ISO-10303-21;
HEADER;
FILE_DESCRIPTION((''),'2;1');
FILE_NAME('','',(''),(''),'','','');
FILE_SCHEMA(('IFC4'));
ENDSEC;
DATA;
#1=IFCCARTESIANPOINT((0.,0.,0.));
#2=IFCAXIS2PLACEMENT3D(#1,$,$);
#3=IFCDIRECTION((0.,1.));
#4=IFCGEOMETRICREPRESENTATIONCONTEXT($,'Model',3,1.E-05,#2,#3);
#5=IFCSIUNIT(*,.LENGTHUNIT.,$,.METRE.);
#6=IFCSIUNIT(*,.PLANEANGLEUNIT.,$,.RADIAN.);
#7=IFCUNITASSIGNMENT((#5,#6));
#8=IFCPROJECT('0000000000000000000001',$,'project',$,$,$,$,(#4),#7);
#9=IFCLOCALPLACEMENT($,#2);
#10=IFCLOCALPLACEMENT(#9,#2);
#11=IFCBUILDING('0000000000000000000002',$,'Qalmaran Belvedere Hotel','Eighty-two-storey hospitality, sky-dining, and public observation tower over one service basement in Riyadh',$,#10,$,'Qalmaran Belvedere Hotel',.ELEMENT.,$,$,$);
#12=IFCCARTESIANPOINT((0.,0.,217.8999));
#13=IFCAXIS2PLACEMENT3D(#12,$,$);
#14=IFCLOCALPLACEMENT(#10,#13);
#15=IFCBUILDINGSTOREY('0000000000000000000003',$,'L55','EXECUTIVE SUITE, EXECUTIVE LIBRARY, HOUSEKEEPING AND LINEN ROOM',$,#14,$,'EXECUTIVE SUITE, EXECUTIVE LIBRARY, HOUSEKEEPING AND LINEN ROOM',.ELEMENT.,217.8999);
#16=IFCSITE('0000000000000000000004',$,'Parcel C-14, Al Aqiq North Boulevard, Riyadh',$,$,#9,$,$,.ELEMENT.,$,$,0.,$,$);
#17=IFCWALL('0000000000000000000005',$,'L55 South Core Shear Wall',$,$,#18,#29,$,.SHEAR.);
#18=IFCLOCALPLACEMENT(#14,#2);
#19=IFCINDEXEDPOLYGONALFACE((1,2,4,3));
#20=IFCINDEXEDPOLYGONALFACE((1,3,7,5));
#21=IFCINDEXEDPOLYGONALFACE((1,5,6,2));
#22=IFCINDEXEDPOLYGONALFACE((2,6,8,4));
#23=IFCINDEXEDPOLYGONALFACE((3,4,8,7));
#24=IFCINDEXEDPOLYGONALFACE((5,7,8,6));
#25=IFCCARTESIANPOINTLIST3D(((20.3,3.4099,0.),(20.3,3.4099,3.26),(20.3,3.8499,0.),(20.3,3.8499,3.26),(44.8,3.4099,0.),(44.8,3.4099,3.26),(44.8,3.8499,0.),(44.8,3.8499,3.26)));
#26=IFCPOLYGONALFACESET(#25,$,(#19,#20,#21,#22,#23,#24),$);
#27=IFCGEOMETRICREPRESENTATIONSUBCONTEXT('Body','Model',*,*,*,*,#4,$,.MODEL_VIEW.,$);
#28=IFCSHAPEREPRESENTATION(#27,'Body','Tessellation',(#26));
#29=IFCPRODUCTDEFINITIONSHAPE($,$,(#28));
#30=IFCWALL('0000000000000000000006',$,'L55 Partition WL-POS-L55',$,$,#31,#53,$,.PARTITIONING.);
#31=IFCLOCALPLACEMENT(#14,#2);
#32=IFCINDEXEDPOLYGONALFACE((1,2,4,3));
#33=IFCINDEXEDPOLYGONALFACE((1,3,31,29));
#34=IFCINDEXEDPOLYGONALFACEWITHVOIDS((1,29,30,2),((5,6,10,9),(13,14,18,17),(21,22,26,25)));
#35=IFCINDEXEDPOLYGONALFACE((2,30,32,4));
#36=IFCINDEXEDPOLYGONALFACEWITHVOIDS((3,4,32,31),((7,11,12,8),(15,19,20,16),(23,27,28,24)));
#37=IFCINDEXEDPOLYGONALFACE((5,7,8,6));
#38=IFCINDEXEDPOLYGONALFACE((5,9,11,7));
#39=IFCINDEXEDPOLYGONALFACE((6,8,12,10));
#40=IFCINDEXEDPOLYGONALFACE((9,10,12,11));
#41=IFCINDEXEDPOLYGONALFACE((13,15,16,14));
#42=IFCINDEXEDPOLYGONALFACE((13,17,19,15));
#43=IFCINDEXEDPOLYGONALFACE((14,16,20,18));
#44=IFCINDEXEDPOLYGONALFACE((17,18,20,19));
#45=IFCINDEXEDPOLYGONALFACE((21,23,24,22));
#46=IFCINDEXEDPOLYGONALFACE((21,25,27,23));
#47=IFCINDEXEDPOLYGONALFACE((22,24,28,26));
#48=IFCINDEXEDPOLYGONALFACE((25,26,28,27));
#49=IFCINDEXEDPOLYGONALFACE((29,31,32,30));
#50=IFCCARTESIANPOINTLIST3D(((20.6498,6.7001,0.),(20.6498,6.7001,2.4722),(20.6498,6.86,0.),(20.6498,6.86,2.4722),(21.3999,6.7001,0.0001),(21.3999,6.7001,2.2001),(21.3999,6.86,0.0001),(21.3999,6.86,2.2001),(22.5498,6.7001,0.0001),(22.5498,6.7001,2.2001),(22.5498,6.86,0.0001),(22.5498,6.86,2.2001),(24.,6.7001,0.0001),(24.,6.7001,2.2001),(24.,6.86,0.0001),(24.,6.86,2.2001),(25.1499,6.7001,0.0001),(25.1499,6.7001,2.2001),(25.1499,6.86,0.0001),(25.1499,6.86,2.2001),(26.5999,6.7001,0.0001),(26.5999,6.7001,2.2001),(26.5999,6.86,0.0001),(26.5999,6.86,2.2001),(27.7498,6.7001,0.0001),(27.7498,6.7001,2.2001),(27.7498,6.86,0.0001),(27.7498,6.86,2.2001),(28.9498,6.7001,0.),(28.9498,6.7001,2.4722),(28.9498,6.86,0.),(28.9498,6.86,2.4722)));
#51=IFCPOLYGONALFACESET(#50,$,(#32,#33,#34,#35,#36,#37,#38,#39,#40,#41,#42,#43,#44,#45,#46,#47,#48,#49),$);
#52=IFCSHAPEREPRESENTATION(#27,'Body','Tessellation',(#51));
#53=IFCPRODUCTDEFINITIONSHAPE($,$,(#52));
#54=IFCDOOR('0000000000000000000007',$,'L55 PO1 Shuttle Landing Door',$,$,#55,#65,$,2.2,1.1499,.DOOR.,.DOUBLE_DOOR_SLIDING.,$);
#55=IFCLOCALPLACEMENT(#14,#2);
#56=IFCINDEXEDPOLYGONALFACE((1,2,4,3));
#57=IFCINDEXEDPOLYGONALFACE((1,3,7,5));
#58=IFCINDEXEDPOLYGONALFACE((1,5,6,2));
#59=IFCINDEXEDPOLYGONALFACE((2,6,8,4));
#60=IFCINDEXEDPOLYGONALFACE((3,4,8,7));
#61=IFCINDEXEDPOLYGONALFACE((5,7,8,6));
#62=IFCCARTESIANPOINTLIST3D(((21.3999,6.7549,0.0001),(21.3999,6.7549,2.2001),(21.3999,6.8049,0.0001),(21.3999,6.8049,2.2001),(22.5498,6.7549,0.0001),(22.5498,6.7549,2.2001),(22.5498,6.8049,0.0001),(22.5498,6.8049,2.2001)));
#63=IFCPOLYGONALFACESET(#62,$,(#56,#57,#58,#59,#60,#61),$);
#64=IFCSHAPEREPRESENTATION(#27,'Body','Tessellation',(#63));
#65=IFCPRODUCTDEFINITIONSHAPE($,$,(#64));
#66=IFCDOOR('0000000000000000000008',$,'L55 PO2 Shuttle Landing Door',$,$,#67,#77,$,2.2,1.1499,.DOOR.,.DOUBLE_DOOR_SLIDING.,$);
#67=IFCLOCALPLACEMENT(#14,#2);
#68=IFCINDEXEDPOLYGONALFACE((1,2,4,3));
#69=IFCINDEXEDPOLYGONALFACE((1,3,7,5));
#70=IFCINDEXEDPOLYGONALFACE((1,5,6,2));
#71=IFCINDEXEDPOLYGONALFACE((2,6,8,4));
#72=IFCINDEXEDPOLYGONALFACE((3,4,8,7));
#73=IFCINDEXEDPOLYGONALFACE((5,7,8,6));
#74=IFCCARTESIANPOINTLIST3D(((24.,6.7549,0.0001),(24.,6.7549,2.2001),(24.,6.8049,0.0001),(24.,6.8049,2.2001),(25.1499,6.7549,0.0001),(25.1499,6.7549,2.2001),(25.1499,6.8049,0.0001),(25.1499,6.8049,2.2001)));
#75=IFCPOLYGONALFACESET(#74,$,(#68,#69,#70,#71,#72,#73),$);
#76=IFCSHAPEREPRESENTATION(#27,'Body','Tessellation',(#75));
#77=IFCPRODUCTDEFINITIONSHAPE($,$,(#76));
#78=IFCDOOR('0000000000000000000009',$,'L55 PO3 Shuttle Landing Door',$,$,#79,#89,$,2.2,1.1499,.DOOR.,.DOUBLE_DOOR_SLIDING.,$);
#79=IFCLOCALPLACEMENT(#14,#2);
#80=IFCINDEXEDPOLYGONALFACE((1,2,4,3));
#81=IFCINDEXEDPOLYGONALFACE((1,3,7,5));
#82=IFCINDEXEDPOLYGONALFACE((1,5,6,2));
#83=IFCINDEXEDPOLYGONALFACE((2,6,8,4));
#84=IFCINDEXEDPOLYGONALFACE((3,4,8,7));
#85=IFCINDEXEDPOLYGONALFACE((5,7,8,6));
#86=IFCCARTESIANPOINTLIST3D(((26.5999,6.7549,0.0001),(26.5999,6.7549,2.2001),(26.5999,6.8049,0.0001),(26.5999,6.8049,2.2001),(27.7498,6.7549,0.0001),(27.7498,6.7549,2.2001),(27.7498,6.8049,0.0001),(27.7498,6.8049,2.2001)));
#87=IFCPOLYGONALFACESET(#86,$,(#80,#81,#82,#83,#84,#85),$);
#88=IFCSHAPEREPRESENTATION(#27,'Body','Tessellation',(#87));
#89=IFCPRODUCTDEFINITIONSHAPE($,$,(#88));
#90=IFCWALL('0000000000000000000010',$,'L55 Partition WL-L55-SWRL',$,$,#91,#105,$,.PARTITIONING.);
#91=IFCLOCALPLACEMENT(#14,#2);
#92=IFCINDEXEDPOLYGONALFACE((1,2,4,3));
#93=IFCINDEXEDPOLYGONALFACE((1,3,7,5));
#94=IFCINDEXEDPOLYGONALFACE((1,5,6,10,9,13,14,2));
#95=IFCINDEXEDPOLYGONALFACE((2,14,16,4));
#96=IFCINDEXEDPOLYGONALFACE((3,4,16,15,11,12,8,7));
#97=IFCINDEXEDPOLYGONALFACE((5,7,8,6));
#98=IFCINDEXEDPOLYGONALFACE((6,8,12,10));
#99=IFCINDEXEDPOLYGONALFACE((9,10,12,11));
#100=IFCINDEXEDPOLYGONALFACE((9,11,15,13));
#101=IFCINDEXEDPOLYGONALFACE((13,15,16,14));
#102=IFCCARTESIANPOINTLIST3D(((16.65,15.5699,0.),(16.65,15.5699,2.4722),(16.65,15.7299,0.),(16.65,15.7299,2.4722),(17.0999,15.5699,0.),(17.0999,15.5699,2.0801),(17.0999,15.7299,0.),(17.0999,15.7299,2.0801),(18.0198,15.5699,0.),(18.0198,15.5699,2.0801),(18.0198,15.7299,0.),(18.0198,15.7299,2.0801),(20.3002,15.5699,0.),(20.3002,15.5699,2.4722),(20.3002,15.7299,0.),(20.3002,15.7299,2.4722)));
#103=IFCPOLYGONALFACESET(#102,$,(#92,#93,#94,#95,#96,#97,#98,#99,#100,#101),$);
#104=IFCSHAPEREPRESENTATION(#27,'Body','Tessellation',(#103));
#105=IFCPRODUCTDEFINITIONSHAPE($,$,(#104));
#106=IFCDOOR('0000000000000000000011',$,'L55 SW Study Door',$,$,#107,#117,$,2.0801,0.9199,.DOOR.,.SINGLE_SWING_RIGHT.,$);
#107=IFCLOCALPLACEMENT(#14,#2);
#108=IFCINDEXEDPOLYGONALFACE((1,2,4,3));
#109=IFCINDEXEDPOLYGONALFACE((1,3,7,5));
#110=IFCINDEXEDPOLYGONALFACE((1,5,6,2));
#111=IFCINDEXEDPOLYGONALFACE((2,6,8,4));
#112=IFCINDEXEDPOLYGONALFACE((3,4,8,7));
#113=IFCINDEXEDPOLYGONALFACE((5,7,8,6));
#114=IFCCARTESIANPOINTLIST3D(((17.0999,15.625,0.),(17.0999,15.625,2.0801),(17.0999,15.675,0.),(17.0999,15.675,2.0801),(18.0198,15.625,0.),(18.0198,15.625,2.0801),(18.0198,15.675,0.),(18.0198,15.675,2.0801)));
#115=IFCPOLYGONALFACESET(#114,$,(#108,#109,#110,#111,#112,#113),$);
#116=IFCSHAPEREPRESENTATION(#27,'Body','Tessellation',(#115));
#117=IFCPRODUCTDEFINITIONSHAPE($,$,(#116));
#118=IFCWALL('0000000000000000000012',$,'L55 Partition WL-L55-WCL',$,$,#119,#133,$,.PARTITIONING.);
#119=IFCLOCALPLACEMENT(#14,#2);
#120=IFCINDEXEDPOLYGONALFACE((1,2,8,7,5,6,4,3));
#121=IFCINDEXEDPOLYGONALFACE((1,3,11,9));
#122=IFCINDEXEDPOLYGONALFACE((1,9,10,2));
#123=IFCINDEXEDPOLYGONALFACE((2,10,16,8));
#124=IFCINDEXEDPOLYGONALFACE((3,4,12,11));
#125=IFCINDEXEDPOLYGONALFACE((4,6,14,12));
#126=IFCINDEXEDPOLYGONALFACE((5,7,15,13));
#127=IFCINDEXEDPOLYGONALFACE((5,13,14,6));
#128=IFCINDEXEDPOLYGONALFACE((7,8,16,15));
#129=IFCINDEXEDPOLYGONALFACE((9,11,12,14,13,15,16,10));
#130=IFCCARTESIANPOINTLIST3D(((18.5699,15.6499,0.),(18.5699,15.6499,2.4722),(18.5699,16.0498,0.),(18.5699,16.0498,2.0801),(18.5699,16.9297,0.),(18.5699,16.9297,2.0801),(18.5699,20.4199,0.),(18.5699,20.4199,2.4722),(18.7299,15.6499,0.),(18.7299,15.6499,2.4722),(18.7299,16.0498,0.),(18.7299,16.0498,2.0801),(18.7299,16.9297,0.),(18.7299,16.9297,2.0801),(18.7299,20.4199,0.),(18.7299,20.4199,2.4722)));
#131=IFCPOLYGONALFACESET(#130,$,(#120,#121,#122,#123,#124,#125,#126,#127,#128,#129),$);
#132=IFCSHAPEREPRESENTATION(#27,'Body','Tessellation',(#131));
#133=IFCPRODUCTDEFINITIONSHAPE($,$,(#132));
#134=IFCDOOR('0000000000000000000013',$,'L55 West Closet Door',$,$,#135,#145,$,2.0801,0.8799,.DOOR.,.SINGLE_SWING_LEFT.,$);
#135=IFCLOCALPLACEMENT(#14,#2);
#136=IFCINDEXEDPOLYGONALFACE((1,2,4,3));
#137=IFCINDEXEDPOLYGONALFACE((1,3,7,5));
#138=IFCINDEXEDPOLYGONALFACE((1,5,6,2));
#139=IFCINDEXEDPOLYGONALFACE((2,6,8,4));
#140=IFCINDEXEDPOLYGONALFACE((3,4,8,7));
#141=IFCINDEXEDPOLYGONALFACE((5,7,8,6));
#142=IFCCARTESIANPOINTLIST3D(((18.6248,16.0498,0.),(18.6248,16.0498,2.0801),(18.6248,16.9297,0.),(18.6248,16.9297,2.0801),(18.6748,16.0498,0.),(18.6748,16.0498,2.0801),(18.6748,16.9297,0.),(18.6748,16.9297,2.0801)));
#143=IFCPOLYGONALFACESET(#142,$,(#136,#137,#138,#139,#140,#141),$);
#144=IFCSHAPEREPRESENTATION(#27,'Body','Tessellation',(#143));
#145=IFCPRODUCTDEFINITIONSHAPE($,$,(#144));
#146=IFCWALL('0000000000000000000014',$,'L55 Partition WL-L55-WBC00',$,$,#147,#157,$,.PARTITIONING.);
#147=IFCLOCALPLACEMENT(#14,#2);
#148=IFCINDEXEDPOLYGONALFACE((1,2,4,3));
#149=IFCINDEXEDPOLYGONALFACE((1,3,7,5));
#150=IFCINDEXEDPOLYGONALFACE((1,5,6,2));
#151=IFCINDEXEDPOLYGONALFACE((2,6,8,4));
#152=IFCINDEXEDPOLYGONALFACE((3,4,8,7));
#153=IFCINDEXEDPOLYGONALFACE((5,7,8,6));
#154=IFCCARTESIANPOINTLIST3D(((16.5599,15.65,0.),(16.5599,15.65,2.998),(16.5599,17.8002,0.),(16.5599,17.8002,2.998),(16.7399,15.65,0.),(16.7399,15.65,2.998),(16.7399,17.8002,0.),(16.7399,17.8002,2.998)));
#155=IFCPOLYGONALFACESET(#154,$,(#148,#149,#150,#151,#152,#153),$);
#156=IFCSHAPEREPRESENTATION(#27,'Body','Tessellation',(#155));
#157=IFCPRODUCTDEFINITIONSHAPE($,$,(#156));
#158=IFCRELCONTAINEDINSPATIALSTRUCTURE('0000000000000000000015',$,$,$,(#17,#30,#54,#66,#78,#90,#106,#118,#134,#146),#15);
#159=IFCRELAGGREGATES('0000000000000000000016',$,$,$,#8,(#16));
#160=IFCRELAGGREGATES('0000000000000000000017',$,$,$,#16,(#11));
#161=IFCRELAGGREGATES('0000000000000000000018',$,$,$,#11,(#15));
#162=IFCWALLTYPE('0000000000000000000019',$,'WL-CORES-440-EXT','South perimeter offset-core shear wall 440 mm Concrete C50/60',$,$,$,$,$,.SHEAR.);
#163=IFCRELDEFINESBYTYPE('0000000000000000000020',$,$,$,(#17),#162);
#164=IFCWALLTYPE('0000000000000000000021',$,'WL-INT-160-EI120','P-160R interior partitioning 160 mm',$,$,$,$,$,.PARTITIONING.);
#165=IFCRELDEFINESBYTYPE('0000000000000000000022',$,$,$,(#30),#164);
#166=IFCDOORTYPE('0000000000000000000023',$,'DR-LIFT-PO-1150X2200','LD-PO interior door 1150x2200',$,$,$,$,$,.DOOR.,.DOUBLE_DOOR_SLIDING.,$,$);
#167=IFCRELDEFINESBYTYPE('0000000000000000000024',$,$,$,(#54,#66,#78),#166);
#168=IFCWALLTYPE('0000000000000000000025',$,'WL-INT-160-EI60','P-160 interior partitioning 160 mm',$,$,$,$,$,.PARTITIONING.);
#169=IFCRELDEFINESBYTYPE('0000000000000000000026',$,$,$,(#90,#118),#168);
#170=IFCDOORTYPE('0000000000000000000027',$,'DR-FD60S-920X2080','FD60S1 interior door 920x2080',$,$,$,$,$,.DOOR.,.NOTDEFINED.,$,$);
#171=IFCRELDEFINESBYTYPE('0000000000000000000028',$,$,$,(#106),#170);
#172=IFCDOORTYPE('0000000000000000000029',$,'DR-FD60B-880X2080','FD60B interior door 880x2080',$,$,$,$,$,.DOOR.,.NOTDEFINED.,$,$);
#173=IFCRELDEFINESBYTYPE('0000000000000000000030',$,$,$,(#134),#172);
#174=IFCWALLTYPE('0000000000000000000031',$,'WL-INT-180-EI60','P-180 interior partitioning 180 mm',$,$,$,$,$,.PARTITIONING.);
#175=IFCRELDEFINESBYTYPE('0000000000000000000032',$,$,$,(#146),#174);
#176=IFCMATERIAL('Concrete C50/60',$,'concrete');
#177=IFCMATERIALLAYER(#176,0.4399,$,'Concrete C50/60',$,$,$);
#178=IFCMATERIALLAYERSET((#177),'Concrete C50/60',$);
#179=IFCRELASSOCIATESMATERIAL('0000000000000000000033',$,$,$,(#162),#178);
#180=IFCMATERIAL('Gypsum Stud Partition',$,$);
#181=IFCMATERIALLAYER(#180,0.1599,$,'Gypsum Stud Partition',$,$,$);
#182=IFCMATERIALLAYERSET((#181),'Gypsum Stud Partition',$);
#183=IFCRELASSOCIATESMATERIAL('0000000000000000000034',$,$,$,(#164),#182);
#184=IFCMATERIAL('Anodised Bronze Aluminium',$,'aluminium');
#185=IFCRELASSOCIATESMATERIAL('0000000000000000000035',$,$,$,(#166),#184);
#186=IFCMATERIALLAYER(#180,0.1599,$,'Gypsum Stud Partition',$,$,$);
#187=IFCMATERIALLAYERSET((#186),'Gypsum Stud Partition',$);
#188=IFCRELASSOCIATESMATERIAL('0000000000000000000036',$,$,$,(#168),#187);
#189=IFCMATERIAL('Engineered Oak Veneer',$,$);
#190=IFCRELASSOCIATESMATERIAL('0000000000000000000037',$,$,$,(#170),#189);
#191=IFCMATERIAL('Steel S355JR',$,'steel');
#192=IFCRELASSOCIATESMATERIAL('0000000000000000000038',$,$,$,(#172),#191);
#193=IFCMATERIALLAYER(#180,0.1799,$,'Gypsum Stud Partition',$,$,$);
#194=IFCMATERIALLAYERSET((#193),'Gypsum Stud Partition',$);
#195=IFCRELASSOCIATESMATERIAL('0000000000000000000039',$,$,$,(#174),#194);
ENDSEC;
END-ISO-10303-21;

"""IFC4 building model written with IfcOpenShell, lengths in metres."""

from ifc_helpers import new_model, si_unit, direction, frame, frame_2d, origin, place, context, subcontext, project, spatial, rectangle, extrude, material, layer, layer_set, type_object, element, fill, save


model = new_model("IFC4")

# Units and contexts
model_context = context("Model", 3, precision=1e-05, world=origin(), true_north=direction((0.0, 1.0)))
body_context = subcontext(model_context, "Body", "Model", "MODEL_VIEW")
ifc_project = project(units=[si_unit("LENGTHUNIT", "METRE"), si_unit("PLANEANGLEUNIT", "RADIAN")], contexts=[model_context])

# Site, building, storey
site_placement = place(None, origin())
site = spatial("IfcSite", under=ifc_project, at=site_placement, Name="Parcel C-14, Al Aqiq North Boulevard, Riyadh", CompositionType="ELEMENT", RefElevation=0.0)
building_placement = place(site_placement, origin())
building = spatial("IfcBuilding", under=site, at=building_placement, Name="Qalmaran Belvedere Hotel", Description="Eighty-two-storey hospitality, sky-dining, and public observation tower over one service basement in Riyadh", LongName="Qalmaran Belvedere Hotel", CompositionType="ELEMENT")
storey_placement = place(building_placement, frame((0.0, 0.0, 217.8999)))
storey = spatial("IfcBuildingStorey", under=building, at=storey_placement, Name="L55", Description="EXECUTIVE SUITE, EXECUTIVE LIBRARY, HOUSEKEEPING AND LINEN ROOM", LongName="EXECUTIVE SUITE, EXECUTIVE LIBRARY, HOUSEKEEPING AND LINEN ROOM", CompositionType="ELEMENT", Elevation=217.8999)

# Shared definitions
ifc_material_1 = material(Name="Concrete C50/60", Category="concrete")

# Shared definitions
ifc_material_2 = material(Name="Steel S355JR", Category="steel")

# Shared definitions
ifc_material_3 = material(Name="Anodised Bronze Aluminium", Category="aluminium")

# Wall
ifc_layer_1 = layer(ifc_material_1, 0.4399, Name="Concrete C50/60")
ifc_layer_set_1 = layer_set([ifc_layer_1], Name="Concrete C50/60")
wall_type_1 = type_object("IfcWallType", Name="WL-CORES-440-EXT", Description="South perimeter offset-core shear wall 440 mm Concrete C50/60", PredefinedType="SHEAR", material=ifc_layer_set_1)
wall_1_placement = place(storey_placement, frame((20.3, 3.6299, 0.0), z_axis=(0.0, 0.0, 1.0), x_axis=(1.0, 0.0, 0.0)))
element("IfcWall", 1, at=wall_1_placement, inside=storey, type_object=wall_type_1, Name="L55 South Core Shear Wall", PredefinedType="SHEAR", context=body_context, shape_type="SweptSolid", body=[
    extrude(rectangle(XDim=24.5, YDim=0.4399, at=frame_2d((12.25, 0.0))), origin(), (0.0, 0.0, 1.0), 3.26),
])

# Wall, openings, doors
ifc_material_4 = material(Name="Gypsum Stud Partition")
ifc_layer_2 = layer(ifc_material_4, 0.1599, Name="Gypsum Stud Partition")
ifc_layer_set_2 = layer_set([ifc_layer_2], Name="Gypsum Stud Partition")
wall_type_2 = type_object("IfcWallType", Name="WL-INT-160-EI120", Description="P-160R interior partitioning 160 mm", PredefinedType="PARTITIONING", material=ifc_layer_set_2)
wall_2_placement = place(storey_placement, frame((20.6499, 6.78, 0.0), z_axis=(0.0, 0.0, 1.0), x_axis=(1.0, 0.0, 0.0)))
wall_2 = element("IfcWall", 2, at=wall_2_placement, inside=storey, type_object=wall_type_2, Name="L55 Partition WL-POS-L55", PredefinedType="PARTITIONING", context=body_context, shape_type="SweptSolid", body=[
    extrude(rectangle(XDim=8.3, YDim=0.1599, at=frame_2d((4.1499, 0.0))), origin(), (0.0, 0.0, 1.0), 2.4722),
])
opening_1_placement = place(wall_2_placement, frame((0.75, 0.0, 0.0)))
opening_1 = element("IfcOpeningElement", 3, at=opening_1_placement, cuts=wall_2, PredefinedType="OPENING", context=body_context, shape_type="SweptSolid", body=[
    extrude(rectangle(XDim=1.1499, YDim=2.2, at=frame_2d((0.575, 1.1001))), frame((0.0, 0.0898, 0.0), z_axis=(0.0, -1.0, 0.0), x_axis=(1.0, 0.0, 0.0)), (0.0, 0.0, 1.0), 0.1799),
])
opening_2_placement = place(wall_2_placement, frame((3.3501, 0.0, 0.0)))
opening_2 = element("IfcOpeningElement", 4, at=opening_2_placement, cuts=wall_2, PredefinedType="OPENING", context=body_context, shape_type="SweptSolid", body=[
    extrude(rectangle(XDim=1.1499, YDim=2.2, at=frame_2d((0.575, 1.1001))), frame((0.0, 0.0898, 0.0), z_axis=(0.0, -1.0, 0.0), x_axis=(1.0, 0.0, 0.0)), (0.0, 0.0, 1.0), 0.1799),
])
opening_3_placement = place(wall_2_placement, frame((5.95, 0.0, 0.0)))
opening_3 = element("IfcOpeningElement", 5, at=opening_3_placement, cuts=wall_2, PredefinedType="OPENING", context=body_context, shape_type="SweptSolid", body=[
    extrude(rectangle(XDim=1.1499, YDim=2.2, at=frame_2d((0.575, 1.1001))), frame((0.0, 0.0898, 0.0), z_axis=(0.0, -1.0, 0.0), x_axis=(1.0, 0.0, 0.0)), (0.0, 0.0, 1.0), 0.1799),
])
door_type_1 = type_object("IfcDoorType", Name="DR-LIFT-PO-1150X2200", Description="LD-PO interior door 1150x2200", OperationType="DOUBLE_DOOR_SLIDING", PredefinedType="DOOR", material=ifc_material_3)
door_1_placement = place(opening_1_placement, origin())
door_1 = element("IfcDoor", 6, at=door_1_placement, inside=storey, type_object=door_type_1, Name="L55 PO1 Shuttle Landing Door", OperationType="DOUBLE_DOOR_SLIDING", OverallHeight=2.2, OverallWidth=1.1499, PredefinedType="DOOR", context=body_context, shape_type="SweptSolid", body=[
    extrude(rectangle(XDim=1.1499, YDim=2.2, at=frame_2d((0.575, 1.1001))), frame((0.0, 0.0249, 0.0), z_axis=(0.0, -1.0, 0.0), x_axis=(1.0, 0.0, 0.0)), (0.0, 0.0, 1.0), 0.05),
])
fill(opening_1, door_1)
door_2_placement = place(opening_2_placement, origin())
door_2 = element("IfcDoor", 7, at=door_2_placement, inside=storey, type_object=door_type_1, Name="L55 PO2 Shuttle Landing Door", OperationType="DOUBLE_DOOR_SLIDING", OverallHeight=2.2, OverallWidth=1.1499, PredefinedType="DOOR", context=body_context, shape_type="SweptSolid", body=[
    extrude(rectangle(XDim=1.1499, YDim=2.2, at=frame_2d((0.575, 1.1001))), frame((0.0, 0.0249, 0.0), z_axis=(0.0, -1.0, 0.0), x_axis=(1.0, 0.0, 0.0)), (0.0, 0.0, 1.0), 0.05),
])
fill(opening_2, door_2)
door_3_placement = place(opening_3_placement, origin())
door_3 = element("IfcDoor", 8, at=door_3_placement, inside=storey, type_object=door_type_1, Name="L55 PO3 Shuttle Landing Door", OperationType="DOUBLE_DOOR_SLIDING", OverallHeight=2.2, OverallWidth=1.1499, PredefinedType="DOOR", context=body_context, shape_type="SweptSolid", body=[
    extrude(rectangle(XDim=1.1499, YDim=2.2, at=frame_2d((0.575, 1.1001))), frame((0.0, 0.0249, 0.0), z_axis=(0.0, -1.0, 0.0), x_axis=(1.0, 0.0, 0.0)), (0.0, 0.0, 1.0), 0.05),
])
fill(opening_3, door_3)

# Walls, openings, doors
ifc_layer_3 = layer(ifc_material_4, 0.1599, Name="Gypsum Stud Partition")
ifc_layer_set_3 = layer_set([ifc_layer_3], Name="Gypsum Stud Partition")
wall_type_3 = type_object("IfcWallType", Name="WL-INT-160-EI60", Description="P-160 interior partitioning 160 mm", PredefinedType="PARTITIONING", material=ifc_layer_set_3)
wall_3_placement = place(storey_placement, frame((16.6499, 15.6499, 0.0), z_axis=(0.0, 0.0, 1.0), x_axis=(1.0, 0.0, 0.0)))
wall_3 = element("IfcWall", 9, at=wall_3_placement, inside=storey, type_object=wall_type_3, Name="L55 Partition WL-L55-SWRL", PredefinedType="PARTITIONING", context=body_context, shape_type="SweptSolid", body=[
    extrude(rectangle(XDim=3.6501, YDim=0.1599, at=frame_2d((1.8252, 0.0))), origin(), (0.0, 0.0, 1.0), 2.4722),
])
opening_4_placement = place(wall_3_placement, frame((1.3699, 0.0, 0.0), z_axis=(0.0, 0.0, 1.0), x_axis=(-1.0, 0.0, 0.0)))
opening_4 = element("IfcOpeningElement", 10, at=opening_4_placement, cuts=wall_3, PredefinedType="OPENING", context=body_context, shape_type="SweptSolid", body=[
    extrude(rectangle(XDim=0.9199, YDim=2.0801, at=frame_2d((0.46, 1.04))), frame((0.0, 0.0898, 0.0), z_axis=(0.0, -1.0, 0.0), x_axis=(1.0, 0.0, 0.0)), (0.0, 0.0, 1.0), 0.1799),
])
ifc_material_5 = material(Name="Engineered Oak Veneer")
door_type_2 = type_object("IfcDoorType", Name="DR-FD60S-920X2080", Description="FD60S1 interior door 920x2080", OperationType="NOTDEFINED", PredefinedType="DOOR", material=ifc_material_5)
door_4_placement = place(opening_4_placement, origin())
door_4 = element("IfcDoor", 11, at=door_4_placement, inside=storey, type_object=door_type_2, Name="L55 SW Study Door", OperationType="SINGLE_SWING_RIGHT", OverallHeight=2.0801, OverallWidth=0.9199, PredefinedType="DOOR", context=body_context, shape_type="SweptSolid", body=[
    extrude(rectangle(XDim=0.9199, YDim=2.0801, at=frame_2d((0.46, 1.04))), frame((0.0, 0.0249, 0.0), z_axis=(0.0, -1.0, 0.0), x_axis=(1.0, 0.0, 0.0)), (0.0, 0.0, 1.0), 0.05),
])
fill(opening_4, door_4)
wall_4_placement = place(storey_placement, frame((18.6499, 15.6499, 0.0), z_axis=(0.0, 0.0, 1.0), x_axis=(0.0, 1.0, 0.0)))
wall_4 = element("IfcWall", 12, at=wall_4_placement, inside=storey, type_object=wall_type_3, Name="L55 Partition WL-L55-WCL", PredefinedType="PARTITIONING", context=body_context, shape_type="SweptSolid", body=[
    extrude(rectangle(XDim=4.77, YDim=0.1599, at=frame_2d((2.385, 0.0))), origin(), (0.0, 0.0, 1.0), 2.4722),
])
opening_5_placement = place(wall_4_placement, frame((1.2798, 0.0, 0.0), z_axis=(0.0, 0.0, 1.0), x_axis=(-1.0, 0.0, 0.0)))
opening_5 = element("IfcOpeningElement", 13, at=opening_5_placement, cuts=wall_4, PredefinedType="OPENING", context=body_context, shape_type="SweptSolid", body=[
    extrude(rectangle(XDim=0.8799, YDim=2.0801, at=frame_2d((0.4399, 1.04))), frame((0.0, 0.0898, 0.0), z_axis=(0.0, -1.0, 0.0), x_axis=(1.0, 0.0, 0.0)), (0.0, 0.0, 1.0), 0.1799),
])
door_type_3 = type_object("IfcDoorType", Name="DR-FD60B-880X2080", Description="FD60B interior door 880x2080", OperationType="NOTDEFINED", PredefinedType="DOOR", material=ifc_material_2)
door_5_placement = place(opening_5_placement, origin())
door_5 = element("IfcDoor", 14, at=door_5_placement, inside=storey, type_object=door_type_3, Name="L55 West Closet Door", OperationType="SINGLE_SWING_LEFT", OverallHeight=2.0801, OverallWidth=0.8799, PredefinedType="DOOR", context=body_context, shape_type="SweptSolid", body=[
    extrude(rectangle(XDim=0.8799, YDim=2.0801, at=frame_2d((0.4399, 1.04))), frame((0.0, 0.0249, 0.0), z_axis=(0.0, -1.0, 0.0), x_axis=(1.0, 0.0, 0.0)), (0.0, 0.0, 1.0), 0.05),
])
fill(opening_5, door_5)

# Wall
ifc_layer_4 = layer(ifc_material_4, 0.1799, Name="Gypsum Stud Partition")
ifc_layer_set_4 = layer_set([ifc_layer_4], Name="Gypsum Stud Partition")
wall_type_4 = type_object("IfcWallType", Name="WL-INT-180-EI60", Description="P-180 interior partitioning 180 mm", PredefinedType="PARTITIONING", material=ifc_layer_set_4)
wall_5_placement = place(storey_placement, frame((16.6499, 15.6499, 0.0), z_axis=(0.0, 0.0, 1.0), x_axis=(0.0, 1.0, 0.0)))
element("IfcWall", 15, at=wall_5_placement, inside=storey, type_object=wall_type_4, Name="L55 Partition WL-L55-WBC00", PredefinedType="PARTITIONING", context=body_context, shape_type="SweptSolid", body=[
    extrude(rectangle(XDim=2.1501, YDim=0.1799, at=frame_2d((1.0752, 0.0))), origin(), (0.0, 0.0, 1.0), 2.998),
])

save(model, "model.ifc")
